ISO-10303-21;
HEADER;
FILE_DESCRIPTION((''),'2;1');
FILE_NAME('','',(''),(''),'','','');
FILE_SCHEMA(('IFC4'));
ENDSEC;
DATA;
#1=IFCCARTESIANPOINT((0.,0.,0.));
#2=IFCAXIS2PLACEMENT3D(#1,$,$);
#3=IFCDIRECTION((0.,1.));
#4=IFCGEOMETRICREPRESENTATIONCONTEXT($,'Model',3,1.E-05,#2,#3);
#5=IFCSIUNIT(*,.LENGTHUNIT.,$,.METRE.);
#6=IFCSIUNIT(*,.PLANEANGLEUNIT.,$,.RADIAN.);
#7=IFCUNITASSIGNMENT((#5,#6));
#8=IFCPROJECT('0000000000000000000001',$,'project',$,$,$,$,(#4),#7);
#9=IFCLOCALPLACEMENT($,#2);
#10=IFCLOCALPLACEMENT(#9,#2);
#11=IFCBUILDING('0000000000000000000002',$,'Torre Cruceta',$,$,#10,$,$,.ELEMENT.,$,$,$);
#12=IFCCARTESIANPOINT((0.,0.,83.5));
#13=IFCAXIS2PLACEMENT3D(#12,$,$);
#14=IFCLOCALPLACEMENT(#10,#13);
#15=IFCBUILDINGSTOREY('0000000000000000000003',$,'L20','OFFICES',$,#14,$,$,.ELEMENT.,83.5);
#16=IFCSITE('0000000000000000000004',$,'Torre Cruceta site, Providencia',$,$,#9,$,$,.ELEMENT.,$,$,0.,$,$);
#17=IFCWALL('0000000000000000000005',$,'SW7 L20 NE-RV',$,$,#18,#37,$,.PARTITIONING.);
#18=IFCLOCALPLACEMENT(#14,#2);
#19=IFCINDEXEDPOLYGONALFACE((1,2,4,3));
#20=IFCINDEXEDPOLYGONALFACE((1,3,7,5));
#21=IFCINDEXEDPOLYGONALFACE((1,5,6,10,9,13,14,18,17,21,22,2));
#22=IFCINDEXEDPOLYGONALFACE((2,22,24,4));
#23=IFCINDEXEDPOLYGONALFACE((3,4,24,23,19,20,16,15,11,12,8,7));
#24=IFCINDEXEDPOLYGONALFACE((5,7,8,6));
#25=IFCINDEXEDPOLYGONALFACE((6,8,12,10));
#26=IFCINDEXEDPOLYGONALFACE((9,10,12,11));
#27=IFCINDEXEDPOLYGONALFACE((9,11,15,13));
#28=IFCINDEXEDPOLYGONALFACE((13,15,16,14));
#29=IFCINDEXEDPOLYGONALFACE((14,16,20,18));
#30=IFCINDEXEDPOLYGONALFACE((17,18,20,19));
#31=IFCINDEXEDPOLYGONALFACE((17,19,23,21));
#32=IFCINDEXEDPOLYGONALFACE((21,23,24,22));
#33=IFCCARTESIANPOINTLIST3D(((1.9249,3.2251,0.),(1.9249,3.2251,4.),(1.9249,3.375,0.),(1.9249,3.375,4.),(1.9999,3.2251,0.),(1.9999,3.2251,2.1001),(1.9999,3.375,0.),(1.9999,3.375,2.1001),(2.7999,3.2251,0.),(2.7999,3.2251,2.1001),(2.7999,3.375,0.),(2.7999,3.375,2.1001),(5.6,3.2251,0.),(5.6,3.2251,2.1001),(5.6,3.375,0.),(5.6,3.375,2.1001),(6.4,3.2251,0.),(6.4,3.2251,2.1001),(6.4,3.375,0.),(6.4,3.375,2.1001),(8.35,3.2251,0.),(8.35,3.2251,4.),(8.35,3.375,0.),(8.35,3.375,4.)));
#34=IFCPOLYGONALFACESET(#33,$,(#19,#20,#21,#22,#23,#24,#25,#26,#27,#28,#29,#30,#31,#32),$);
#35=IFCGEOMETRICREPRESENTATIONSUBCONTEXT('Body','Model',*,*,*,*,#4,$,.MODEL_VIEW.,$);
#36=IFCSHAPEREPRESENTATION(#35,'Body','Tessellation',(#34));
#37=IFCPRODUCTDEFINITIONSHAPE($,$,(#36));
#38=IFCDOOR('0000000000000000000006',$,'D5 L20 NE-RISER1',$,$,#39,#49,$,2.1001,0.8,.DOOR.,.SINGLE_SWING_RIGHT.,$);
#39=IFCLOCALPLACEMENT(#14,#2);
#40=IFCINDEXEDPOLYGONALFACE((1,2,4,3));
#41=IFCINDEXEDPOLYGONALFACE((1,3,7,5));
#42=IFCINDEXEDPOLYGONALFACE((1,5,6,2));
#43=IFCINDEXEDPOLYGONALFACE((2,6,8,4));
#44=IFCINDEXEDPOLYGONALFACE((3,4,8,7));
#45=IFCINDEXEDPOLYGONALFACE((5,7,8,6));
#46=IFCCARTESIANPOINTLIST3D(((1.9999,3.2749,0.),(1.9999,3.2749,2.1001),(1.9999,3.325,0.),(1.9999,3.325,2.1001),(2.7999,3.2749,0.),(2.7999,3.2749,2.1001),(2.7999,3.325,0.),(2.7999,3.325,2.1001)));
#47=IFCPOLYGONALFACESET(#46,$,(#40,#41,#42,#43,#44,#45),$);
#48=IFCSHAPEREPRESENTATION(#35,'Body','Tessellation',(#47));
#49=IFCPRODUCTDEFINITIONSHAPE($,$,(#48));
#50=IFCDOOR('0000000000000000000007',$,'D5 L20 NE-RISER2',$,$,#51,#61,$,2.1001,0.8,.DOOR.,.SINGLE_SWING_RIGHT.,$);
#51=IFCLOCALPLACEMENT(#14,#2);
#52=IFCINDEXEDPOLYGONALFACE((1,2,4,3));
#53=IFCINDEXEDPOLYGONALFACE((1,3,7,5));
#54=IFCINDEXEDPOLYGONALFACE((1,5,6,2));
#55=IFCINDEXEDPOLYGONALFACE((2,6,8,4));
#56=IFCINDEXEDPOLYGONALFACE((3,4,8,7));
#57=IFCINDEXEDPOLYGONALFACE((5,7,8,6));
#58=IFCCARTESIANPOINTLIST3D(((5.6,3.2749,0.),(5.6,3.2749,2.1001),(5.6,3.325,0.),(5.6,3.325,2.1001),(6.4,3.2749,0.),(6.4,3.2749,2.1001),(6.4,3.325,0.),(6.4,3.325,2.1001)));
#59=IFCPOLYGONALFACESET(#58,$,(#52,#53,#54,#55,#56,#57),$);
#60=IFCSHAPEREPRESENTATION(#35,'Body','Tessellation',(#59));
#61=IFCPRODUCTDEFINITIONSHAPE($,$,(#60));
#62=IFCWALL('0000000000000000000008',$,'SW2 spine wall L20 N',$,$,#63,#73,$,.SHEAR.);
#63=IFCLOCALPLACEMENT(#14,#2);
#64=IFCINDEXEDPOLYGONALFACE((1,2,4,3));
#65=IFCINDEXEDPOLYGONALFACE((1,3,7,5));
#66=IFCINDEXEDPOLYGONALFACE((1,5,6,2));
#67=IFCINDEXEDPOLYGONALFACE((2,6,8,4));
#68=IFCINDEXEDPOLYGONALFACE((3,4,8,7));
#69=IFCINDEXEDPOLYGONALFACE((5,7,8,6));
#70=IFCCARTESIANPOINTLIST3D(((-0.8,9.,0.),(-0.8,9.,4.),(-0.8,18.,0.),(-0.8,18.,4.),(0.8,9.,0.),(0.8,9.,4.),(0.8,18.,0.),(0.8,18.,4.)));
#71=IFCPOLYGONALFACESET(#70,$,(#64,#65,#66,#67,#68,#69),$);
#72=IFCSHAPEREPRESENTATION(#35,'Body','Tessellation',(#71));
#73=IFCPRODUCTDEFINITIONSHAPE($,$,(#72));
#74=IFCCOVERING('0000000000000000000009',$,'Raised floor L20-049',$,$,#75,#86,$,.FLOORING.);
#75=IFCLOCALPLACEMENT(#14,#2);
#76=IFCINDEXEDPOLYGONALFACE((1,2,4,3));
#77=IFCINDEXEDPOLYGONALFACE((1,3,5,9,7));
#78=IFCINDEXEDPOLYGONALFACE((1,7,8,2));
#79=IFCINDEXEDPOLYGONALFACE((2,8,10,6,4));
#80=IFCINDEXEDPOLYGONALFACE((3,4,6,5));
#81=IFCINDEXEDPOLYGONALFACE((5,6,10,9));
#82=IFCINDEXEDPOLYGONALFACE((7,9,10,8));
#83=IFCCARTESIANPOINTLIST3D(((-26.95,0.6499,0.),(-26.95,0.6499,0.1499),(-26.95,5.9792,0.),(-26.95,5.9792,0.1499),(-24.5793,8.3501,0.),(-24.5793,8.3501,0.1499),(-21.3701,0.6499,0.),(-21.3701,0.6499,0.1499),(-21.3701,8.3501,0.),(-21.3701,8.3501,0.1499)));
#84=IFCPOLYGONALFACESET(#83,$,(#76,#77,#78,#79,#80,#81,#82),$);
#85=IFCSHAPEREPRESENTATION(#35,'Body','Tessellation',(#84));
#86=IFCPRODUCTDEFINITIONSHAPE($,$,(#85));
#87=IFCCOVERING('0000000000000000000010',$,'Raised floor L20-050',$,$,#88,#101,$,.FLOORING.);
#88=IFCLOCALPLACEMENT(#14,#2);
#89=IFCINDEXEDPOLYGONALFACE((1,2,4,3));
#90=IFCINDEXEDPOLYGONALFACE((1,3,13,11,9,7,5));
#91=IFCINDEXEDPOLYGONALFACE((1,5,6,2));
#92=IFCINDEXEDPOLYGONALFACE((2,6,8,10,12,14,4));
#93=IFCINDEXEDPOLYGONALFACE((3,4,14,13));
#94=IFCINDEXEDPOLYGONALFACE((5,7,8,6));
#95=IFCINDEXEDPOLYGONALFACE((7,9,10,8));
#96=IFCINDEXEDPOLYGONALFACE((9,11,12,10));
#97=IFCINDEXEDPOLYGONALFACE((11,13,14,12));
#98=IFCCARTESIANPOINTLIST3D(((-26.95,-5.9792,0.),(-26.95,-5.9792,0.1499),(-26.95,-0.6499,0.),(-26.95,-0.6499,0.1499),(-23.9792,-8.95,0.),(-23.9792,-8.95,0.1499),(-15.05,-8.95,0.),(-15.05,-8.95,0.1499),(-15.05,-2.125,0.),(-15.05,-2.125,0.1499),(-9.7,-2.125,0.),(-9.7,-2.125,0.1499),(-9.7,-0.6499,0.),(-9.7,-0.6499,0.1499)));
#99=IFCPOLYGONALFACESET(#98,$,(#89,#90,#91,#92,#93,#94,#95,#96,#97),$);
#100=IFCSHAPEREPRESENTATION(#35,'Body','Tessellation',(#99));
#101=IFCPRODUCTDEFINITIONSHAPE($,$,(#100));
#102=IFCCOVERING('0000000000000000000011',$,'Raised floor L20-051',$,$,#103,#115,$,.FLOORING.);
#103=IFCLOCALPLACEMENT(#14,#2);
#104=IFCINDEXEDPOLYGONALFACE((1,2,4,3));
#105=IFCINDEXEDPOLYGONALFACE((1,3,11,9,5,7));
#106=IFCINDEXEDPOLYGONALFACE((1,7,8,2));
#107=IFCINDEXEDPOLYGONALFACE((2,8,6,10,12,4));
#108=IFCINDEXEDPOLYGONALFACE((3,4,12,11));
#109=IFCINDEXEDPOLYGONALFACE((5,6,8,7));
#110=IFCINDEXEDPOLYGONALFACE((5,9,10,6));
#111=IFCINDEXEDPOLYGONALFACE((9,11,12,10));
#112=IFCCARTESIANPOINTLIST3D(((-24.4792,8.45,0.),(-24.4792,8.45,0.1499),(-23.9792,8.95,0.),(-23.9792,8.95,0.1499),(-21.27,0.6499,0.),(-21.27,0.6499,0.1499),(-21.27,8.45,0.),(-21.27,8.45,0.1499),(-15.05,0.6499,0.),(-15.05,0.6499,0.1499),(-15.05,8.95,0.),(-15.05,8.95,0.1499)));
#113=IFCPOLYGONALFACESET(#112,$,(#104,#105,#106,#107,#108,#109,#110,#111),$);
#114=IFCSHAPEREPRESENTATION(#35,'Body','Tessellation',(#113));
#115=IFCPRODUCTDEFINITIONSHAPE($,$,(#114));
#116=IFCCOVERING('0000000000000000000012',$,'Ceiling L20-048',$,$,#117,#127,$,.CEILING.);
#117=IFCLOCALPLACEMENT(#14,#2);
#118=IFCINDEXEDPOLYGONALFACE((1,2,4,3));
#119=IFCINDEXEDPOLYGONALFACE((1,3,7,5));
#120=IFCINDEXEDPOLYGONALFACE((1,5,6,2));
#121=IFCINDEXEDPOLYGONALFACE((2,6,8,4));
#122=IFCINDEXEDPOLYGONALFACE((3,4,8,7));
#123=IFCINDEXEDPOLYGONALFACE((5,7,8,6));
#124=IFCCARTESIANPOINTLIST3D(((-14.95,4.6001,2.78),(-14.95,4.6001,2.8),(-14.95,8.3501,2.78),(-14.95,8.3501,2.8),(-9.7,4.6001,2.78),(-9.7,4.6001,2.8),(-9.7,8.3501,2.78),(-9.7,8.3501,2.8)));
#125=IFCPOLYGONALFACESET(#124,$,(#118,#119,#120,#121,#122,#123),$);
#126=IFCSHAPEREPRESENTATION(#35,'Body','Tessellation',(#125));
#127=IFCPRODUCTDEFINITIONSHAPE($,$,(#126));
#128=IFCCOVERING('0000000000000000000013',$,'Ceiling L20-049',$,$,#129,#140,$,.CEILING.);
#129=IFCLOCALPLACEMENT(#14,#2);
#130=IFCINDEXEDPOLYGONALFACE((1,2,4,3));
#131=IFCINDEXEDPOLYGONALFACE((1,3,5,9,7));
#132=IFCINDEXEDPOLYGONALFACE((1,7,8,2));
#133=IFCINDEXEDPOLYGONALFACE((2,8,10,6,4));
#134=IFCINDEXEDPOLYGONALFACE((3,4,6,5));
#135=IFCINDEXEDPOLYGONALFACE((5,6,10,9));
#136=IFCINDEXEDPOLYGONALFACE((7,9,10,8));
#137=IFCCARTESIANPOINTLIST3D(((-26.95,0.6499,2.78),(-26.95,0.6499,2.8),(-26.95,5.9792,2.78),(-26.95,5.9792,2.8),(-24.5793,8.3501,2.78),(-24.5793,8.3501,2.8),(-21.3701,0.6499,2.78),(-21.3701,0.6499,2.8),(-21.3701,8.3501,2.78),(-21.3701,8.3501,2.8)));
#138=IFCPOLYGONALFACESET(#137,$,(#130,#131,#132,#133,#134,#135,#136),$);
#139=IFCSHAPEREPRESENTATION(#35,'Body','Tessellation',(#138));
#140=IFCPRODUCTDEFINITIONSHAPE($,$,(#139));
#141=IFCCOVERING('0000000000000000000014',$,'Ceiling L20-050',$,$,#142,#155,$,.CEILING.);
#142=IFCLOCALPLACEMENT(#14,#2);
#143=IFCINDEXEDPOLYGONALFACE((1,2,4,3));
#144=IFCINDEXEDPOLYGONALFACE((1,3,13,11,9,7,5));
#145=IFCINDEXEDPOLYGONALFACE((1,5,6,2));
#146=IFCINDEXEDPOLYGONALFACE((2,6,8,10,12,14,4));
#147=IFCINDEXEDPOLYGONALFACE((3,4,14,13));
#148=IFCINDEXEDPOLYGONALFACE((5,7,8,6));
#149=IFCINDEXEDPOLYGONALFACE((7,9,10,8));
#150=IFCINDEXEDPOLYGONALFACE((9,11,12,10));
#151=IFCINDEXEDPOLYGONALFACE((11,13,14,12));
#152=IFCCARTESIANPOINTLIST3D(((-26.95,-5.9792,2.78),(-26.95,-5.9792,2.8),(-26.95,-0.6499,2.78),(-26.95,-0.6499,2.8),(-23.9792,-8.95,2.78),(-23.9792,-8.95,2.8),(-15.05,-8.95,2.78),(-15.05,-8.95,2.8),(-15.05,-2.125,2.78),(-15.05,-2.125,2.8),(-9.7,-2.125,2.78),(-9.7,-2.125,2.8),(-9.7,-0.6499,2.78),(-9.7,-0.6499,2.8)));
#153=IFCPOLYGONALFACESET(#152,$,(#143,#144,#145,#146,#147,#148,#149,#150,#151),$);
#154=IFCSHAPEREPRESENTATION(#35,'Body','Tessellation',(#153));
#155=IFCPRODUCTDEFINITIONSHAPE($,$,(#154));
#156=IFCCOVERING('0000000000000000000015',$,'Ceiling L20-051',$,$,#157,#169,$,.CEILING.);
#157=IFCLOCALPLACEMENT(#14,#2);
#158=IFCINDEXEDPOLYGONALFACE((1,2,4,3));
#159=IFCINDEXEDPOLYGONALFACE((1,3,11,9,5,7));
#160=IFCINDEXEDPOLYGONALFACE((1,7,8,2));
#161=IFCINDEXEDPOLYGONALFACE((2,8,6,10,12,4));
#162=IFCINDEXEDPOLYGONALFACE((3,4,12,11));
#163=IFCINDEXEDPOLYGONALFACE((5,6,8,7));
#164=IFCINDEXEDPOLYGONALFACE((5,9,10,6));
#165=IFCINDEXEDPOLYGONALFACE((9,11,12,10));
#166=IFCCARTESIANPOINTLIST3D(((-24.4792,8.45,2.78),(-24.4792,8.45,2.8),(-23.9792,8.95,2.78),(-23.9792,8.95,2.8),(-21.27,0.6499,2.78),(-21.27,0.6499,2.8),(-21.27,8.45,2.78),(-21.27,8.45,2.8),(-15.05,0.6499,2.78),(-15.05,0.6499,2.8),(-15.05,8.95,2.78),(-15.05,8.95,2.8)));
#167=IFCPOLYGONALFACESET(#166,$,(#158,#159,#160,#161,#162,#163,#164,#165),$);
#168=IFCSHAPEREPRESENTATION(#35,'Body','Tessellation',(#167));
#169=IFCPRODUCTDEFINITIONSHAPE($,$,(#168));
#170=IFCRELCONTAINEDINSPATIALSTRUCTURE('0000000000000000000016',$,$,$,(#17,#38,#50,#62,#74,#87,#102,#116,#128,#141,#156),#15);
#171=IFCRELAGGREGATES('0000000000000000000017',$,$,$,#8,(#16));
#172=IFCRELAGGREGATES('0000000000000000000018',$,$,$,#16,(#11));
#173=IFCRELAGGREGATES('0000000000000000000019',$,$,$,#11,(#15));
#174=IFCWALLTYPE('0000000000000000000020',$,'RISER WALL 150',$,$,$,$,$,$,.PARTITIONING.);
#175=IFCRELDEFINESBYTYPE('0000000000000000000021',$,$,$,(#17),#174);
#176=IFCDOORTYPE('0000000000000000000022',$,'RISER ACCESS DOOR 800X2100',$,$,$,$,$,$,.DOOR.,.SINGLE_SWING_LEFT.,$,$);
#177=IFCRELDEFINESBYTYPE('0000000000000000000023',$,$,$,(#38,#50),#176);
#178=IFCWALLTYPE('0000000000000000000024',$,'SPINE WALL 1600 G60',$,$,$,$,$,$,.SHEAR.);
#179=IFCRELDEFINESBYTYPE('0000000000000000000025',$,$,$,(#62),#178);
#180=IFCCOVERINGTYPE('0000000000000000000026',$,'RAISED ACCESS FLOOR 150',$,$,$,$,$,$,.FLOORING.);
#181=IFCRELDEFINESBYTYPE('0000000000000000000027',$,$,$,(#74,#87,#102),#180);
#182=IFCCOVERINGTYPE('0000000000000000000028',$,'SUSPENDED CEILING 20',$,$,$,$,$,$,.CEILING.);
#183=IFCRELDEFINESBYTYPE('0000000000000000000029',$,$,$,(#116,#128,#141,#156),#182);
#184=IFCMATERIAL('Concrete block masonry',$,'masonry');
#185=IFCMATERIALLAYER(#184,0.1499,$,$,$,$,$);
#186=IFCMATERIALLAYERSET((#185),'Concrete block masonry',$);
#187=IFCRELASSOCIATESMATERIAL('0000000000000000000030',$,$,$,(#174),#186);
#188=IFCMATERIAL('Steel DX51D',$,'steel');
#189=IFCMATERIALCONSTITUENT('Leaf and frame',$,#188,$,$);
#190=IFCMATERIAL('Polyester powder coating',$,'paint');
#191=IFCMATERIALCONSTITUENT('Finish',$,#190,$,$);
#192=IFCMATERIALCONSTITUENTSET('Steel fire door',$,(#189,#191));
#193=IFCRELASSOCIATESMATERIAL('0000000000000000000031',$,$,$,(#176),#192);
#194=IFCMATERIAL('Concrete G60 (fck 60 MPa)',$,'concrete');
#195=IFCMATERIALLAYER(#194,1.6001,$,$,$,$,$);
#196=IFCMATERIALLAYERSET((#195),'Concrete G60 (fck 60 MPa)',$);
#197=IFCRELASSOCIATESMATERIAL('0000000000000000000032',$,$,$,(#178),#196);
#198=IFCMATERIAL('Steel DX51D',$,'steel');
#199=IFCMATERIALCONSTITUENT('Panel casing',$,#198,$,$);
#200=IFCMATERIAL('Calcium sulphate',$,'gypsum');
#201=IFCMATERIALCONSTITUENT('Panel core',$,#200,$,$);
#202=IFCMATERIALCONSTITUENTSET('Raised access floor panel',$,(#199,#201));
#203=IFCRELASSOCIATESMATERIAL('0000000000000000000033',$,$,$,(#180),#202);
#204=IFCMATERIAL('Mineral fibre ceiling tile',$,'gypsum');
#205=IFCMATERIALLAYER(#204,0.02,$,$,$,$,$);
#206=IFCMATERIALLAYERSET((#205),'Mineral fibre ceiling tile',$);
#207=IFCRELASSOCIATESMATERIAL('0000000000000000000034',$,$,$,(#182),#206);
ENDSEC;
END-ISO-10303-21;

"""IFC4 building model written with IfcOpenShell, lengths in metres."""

from ifc_helpers import new_model, si_unit, direction, frame, frame_2d, origin, place, context, subcontext, project, spatial, polyline, rectangle, outline, extrude, material, layer, layer_set, constituent, constituent_set, type_object, element, fill, save


model = new_model("IFC4")

# Units and contexts
model_context = context("Model", 3, precision=1e-05, world=origin(), true_north=direction((0.0, 1.0)))
body_context = subcontext(model_context, "Body", "Model", "MODEL_VIEW")
ifc_project = project(units=[si_unit("LENGTHUNIT", "METRE"), si_unit("PLANEANGLEUNIT", "RADIAN")], contexts=[model_context])

# Site, building, storey
site_placement = place(None, origin())
site = spatial("IfcSite", under=ifc_project, at=site_placement, Name="Torre Cruceta site, Providencia", CompositionType="ELEMENT", RefElevation=0.0)
building_placement = place(site_placement, origin())
building = spatial("IfcBuilding", under=site, at=building_placement, Name="Torre Cruceta", CompositionType="ELEMENT")
storey_placement = place(building_placement, frame((0.0, 0.0, 83.5)))
storey = spatial("IfcBuildingStorey", under=building, at=storey_placement, Name="L20", Description="OFFICES", CompositionType="ELEMENT", Elevation=83.5)

# Wall, openings, doors
ifc_material_1 = material(Name="Concrete block masonry", Category="masonry")
ifc_layer_1 = layer(ifc_material_1, 0.1499)
ifc_layer_set_1 = layer_set([ifc_layer_1], Name="Concrete block masonry")
wall_type_1 = type_object("IfcWallType", Name="RISER WALL 150", PredefinedType="PARTITIONING", material=ifc_layer_set_1)
wall_1_placement = place(storey_placement, frame((1.925, 3.3, 0.0), z_axis=(0.0, 0.0, 1.0), x_axis=(1.0, 0.0, 0.0)))
wall_1 = element("IfcWall", 1, at=wall_1_placement, inside=storey, type_object=wall_type_1, Name="SW7 L20 NE-RV", PredefinedType="PARTITIONING", context=body_context, shape_type="SweptSolid", body=[
    extrude(rectangle(XDim=6.425, YDim=0.1499, at=frame_2d((3.2124, 0.0))), origin(), (0.0, 0.0, 1.0), 4.0),
])
opening_1_placement = place(wall_1_placement, frame((0.075, 0.0, 0.0)))
opening_1 = element("IfcOpeningElement", 2, at=opening_1_placement, cuts=wall_1, PredefinedType="OPENING", context=body_context, shape_type="SweptSolid", body=[
    extrude(rectangle(XDim=0.8, YDim=2.1001, at=frame_2d((0.3999, 1.05))), frame((0.0, 0.085, 0.0), z_axis=(0.0, -1.0, 0.0), x_axis=(1.0, 0.0, 0.0)), (0.0, 0.0, 1.0), 0.1699),
])
opening_2_placement = place(wall_1_placement, frame((3.675, 0.0, 0.0)))
opening_2 = element("IfcOpeningElement", 3, at=opening_2_placement, cuts=wall_1, PredefinedType="OPENING", context=body_context, shape_type="SweptSolid", body=[
    extrude(rectangle(XDim=0.8, YDim=2.1001, at=frame_2d((0.3999, 1.05))), frame((0.0, 0.085, 0.0), z_axis=(0.0, -1.0, 0.0), x_axis=(1.0, 0.0, 0.0)), (0.0, 0.0, 1.0), 0.1699),
])
ifc_material_2 = material(Name="Steel DX51D", Category="steel")
ifc_constituent_1 = constituent(ifc_material_2, Name="Leaf and frame")
ifc_material_3 = material(Name="Polyester powder coating", Category="paint")
ifc_constituent_2 = constituent(ifc_material_3, Name="Finish")
ifc_constituent_set_1 = constituent_set(constituents=[ifc_constituent_1, ifc_constituent_2], Name="Steel fire door")
door_type_1 = type_object("IfcDoorType", Name="RISER ACCESS DOOR 800X2100", OperationType="SINGLE_SWING_LEFT", PredefinedType="DOOR", material=ifc_constituent_set_1)
door_1_placement = place(opening_1_placement, frame((0.8, 0.0, 0.0), z_axis=(0.0, 0.0, 1.0), x_axis=(-1.0, 0.0, 0.0)))
door_1 = element("IfcDoor", 4, at=door_1_placement, inside=storey, type_object=door_type_1, Name="D5 L20 NE-RISER1", OperationType="SINGLE_SWING_RIGHT", OverallHeight=2.1001, OverallWidth=0.8, PredefinedType="DOOR", context=body_context, shape_type="SweptSolid", body=[
    extrude(rectangle(XDim=0.8, YDim=2.1001, at=frame_2d((0.4001, 1.05))), frame((0.0, 0.0251, 0.0), z_axis=(0.0, -1.0, 0.0), x_axis=(1.0, 0.0, 0.0)), (0.0, 0.0, 1.0), 0.05),
])
fill(opening_1, door_1)
door_2_placement = place(opening_2_placement, frame((0.8, 0.0, 0.0), z_axis=(0.0, 0.0, 1.0), x_axis=(-1.0, 0.0, 0.0)))
door_2 = element("IfcDoor", 5, at=door_2_placement, inside=storey, type_object=door_type_1, Name="D5 L20 NE-RISER2", OperationType="SINGLE_SWING_RIGHT", OverallHeight=2.1001, OverallWidth=0.8, PredefinedType="DOOR", context=body_context, shape_type="SweptSolid", body=[
    extrude(rectangle(XDim=0.8, YDim=2.1001, at=frame_2d((0.4001, 1.05))), frame((0.0, 0.0251, 0.0), z_axis=(0.0, -1.0, 0.0), x_axis=(1.0, 0.0, 0.0)), (0.0, 0.0, 1.0), 0.05),
])
fill(opening_2, door_2)

# Wall
ifc_material_4 = material(Name="Concrete G60 (fck 60 MPa)", Category="concrete")
ifc_layer_2 = layer(ifc_material_4, 1.6001)
ifc_layer_set_2 = layer_set([ifc_layer_2], Name="Concrete G60 (fck 60 MPa)")
wall_type_2 = type_object("IfcWallType", Name="SPINE WALL 1600 G60", PredefinedType="SHEAR", material=ifc_layer_set_2)
wall_2_placement = place(storey_placement, frame((0.0, 9.0, 0.0), z_axis=(0.0, 0.0, 1.0), x_axis=(0.0, 1.0, 0.0)))
element("IfcWall", 6, at=wall_2_placement, inside=storey, type_object=wall_type_2, Name="SW2 spine wall L20 N", PredefinedType="SHEAR", context=body_context, shape_type="SweptSolid", body=[
    extrude(rectangle(XDim=9.0, YDim=1.6001, at=frame_2d((4.5, 0.0))), origin(), (0.0, 0.0, 1.0), 4.0),
])

# Coverings
ifc_material_5 = material(Name="Steel DX51D", Category="steel")
ifc_constituent_3 = constituent(ifc_material_5, Name="Panel casing")
ifc_material_6 = material(Name="Calcium sulphate", Category="gypsum")
ifc_constituent_4 = constituent(ifc_material_6, Name="Panel core")
ifc_constituent_set_2 = constituent_set(constituents=[ifc_constituent_3, ifc_constituent_4], Name="Raised access floor panel")
covering_type_1 = type_object("IfcCoveringType", Name="RAISED ACCESS FLOOR 150", PredefinedType="FLOORING", material=ifc_constituent_set_2)
covering_1_placement = place(storey_placement, origin())
element("IfcCovering", 7, at=covering_1_placement, inside=storey, type_object=covering_type_1, Name="Raised floor L20-049", PredefinedType="FLOORING", context=body_context, shape_type="SweptSolid", body=[
    extrude(outline(polyline([(-24.5793, 8.3501), (-21.3701, 8.3501), (-21.3701, 0.6499), (-26.95, 0.6499), (-26.95, 5.9792), (-24.5793, 8.3501)])), origin(), (0.0, 0.0, 1.0), 0.1499),
])
covering_2_placement = place(storey_placement, origin())
element("IfcCovering", 8, at=covering_2_placement, inside=storey, type_object=covering_type_1, Name="Raised floor L20-050", PredefinedType="FLOORING", context=body_context, shape_type="SweptSolid", body=[
    extrude(outline(polyline([(-9.7, -2.125), (-15.05, -2.125), (-15.05, -8.95), (-23.9792, -8.95), (-26.95, -5.9792), (-26.95, -0.6499), (-9.7, -0.6499), (-9.7, -2.125)])), origin(), (0.0, 0.0, 1.0), 0.1499),
])
covering_3_placement = place(storey_placement, origin())
element("IfcCovering", 9, at=covering_3_placement, inside=storey, type_object=covering_type_1, Name="Raised floor L20-051", PredefinedType="FLOORING", context=body_context, shape_type="SweptSolid", body=[
    extrude(outline(polyline([(-21.27, 8.45), (-24.4792, 8.45), (-23.9792, 8.95), (-15.05, 8.95), (-15.05, 0.6499), (-21.27, 0.6499), (-21.27, 8.45)])), origin(), (0.0, 0.0, 1.0), 0.1499),
])
ifc_material_7 = material(Name="Mineral fibre ceiling tile", Category="gypsum")
ifc_layer_3 = layer(ifc_material_7, 0.02)
ifc_layer_set_3 = layer_set([ifc_layer_3], Name="Mineral fibre ceiling tile")
covering_type_2 = type_object("IfcCoveringType", Name="SUSPENDED CEILING 20", PredefinedType="CEILING", material=ifc_layer_set_3)
covering_4_placement = place(storey_placement, frame((0.0, 0.0, 2.78)))
element("IfcCovering", 10, at=covering_4_placement, inside=storey, type_object=covering_type_2, Name="Ceiling L20-048", PredefinedType="CEILING", context=body_context, shape_type="SweptSolid", body=[
    extrude(outline(polyline([(-9.7, 8.3501), (-9.7, 4.6001), (-14.95, 4.6001), (-14.95, 8.3501), (-9.7, 8.3501)])), origin(), (0.0, 0.0, 1.0), 0.02),
])
covering_5_placement = place(storey_placement, frame((0.0, 0.0, 2.78)))
element("IfcCovering", 11, at=covering_5_placement, inside=storey, type_object=covering_type_2, Name="Ceiling L20-049", PredefinedType="CEILING", context=body_context, shape_type="SweptSolid", body=[
    extrude(outline(polyline([(-24.5793, 8.3501), (-21.3701, 8.3501), (-21.3701, 0.6499), (-26.95, 0.6499), (-26.95, 5.9792), (-24.5793, 8.3501)])), origin(), (0.0, 0.0, 1.0), 0.02),
])
covering_6_placement = place(storey_placement, frame((0.0, 0.0, 2.78)))
element("IfcCovering", 12, at=covering_6_placement, inside=storey, type_object=covering_type_2, Name="Ceiling L20-050", PredefinedType="CEILING", context=body_context, shape_type="SweptSolid", body=[
    extrude(outline(polyline([(-9.7, -2.125), (-15.05, -2.125), (-15.05, -8.95), (-23.9792, -8.95), (-26.95, -5.9792), (-26.95, -0.6499), (-9.7, -0.6499), (-9.7, -2.125)])), origin(), (0.0, 0.0, 1.0), 0.02),
])
covering_7_placement = place(storey_placement, frame((0.0, 0.0, 2.78)))
element("IfcCovering", 13, at=covering_7_placement, inside=storey, type_object=covering_type_2, Name="Ceiling L20-051", PredefinedType="CEILING", context=body_context, shape_type="SweptSolid", body=[
    extrude(outline(polyline([(-21.27, 8.45), (-24.4792, 8.45), (-23.9792, 8.95), (-15.05, 8.95), (-15.05, 0.6499), (-21.27, 0.6499), (-21.27, 8.45)])), origin(), (0.0, 0.0, 1.0), 0.02),
])

save(model, "model.ifc")
